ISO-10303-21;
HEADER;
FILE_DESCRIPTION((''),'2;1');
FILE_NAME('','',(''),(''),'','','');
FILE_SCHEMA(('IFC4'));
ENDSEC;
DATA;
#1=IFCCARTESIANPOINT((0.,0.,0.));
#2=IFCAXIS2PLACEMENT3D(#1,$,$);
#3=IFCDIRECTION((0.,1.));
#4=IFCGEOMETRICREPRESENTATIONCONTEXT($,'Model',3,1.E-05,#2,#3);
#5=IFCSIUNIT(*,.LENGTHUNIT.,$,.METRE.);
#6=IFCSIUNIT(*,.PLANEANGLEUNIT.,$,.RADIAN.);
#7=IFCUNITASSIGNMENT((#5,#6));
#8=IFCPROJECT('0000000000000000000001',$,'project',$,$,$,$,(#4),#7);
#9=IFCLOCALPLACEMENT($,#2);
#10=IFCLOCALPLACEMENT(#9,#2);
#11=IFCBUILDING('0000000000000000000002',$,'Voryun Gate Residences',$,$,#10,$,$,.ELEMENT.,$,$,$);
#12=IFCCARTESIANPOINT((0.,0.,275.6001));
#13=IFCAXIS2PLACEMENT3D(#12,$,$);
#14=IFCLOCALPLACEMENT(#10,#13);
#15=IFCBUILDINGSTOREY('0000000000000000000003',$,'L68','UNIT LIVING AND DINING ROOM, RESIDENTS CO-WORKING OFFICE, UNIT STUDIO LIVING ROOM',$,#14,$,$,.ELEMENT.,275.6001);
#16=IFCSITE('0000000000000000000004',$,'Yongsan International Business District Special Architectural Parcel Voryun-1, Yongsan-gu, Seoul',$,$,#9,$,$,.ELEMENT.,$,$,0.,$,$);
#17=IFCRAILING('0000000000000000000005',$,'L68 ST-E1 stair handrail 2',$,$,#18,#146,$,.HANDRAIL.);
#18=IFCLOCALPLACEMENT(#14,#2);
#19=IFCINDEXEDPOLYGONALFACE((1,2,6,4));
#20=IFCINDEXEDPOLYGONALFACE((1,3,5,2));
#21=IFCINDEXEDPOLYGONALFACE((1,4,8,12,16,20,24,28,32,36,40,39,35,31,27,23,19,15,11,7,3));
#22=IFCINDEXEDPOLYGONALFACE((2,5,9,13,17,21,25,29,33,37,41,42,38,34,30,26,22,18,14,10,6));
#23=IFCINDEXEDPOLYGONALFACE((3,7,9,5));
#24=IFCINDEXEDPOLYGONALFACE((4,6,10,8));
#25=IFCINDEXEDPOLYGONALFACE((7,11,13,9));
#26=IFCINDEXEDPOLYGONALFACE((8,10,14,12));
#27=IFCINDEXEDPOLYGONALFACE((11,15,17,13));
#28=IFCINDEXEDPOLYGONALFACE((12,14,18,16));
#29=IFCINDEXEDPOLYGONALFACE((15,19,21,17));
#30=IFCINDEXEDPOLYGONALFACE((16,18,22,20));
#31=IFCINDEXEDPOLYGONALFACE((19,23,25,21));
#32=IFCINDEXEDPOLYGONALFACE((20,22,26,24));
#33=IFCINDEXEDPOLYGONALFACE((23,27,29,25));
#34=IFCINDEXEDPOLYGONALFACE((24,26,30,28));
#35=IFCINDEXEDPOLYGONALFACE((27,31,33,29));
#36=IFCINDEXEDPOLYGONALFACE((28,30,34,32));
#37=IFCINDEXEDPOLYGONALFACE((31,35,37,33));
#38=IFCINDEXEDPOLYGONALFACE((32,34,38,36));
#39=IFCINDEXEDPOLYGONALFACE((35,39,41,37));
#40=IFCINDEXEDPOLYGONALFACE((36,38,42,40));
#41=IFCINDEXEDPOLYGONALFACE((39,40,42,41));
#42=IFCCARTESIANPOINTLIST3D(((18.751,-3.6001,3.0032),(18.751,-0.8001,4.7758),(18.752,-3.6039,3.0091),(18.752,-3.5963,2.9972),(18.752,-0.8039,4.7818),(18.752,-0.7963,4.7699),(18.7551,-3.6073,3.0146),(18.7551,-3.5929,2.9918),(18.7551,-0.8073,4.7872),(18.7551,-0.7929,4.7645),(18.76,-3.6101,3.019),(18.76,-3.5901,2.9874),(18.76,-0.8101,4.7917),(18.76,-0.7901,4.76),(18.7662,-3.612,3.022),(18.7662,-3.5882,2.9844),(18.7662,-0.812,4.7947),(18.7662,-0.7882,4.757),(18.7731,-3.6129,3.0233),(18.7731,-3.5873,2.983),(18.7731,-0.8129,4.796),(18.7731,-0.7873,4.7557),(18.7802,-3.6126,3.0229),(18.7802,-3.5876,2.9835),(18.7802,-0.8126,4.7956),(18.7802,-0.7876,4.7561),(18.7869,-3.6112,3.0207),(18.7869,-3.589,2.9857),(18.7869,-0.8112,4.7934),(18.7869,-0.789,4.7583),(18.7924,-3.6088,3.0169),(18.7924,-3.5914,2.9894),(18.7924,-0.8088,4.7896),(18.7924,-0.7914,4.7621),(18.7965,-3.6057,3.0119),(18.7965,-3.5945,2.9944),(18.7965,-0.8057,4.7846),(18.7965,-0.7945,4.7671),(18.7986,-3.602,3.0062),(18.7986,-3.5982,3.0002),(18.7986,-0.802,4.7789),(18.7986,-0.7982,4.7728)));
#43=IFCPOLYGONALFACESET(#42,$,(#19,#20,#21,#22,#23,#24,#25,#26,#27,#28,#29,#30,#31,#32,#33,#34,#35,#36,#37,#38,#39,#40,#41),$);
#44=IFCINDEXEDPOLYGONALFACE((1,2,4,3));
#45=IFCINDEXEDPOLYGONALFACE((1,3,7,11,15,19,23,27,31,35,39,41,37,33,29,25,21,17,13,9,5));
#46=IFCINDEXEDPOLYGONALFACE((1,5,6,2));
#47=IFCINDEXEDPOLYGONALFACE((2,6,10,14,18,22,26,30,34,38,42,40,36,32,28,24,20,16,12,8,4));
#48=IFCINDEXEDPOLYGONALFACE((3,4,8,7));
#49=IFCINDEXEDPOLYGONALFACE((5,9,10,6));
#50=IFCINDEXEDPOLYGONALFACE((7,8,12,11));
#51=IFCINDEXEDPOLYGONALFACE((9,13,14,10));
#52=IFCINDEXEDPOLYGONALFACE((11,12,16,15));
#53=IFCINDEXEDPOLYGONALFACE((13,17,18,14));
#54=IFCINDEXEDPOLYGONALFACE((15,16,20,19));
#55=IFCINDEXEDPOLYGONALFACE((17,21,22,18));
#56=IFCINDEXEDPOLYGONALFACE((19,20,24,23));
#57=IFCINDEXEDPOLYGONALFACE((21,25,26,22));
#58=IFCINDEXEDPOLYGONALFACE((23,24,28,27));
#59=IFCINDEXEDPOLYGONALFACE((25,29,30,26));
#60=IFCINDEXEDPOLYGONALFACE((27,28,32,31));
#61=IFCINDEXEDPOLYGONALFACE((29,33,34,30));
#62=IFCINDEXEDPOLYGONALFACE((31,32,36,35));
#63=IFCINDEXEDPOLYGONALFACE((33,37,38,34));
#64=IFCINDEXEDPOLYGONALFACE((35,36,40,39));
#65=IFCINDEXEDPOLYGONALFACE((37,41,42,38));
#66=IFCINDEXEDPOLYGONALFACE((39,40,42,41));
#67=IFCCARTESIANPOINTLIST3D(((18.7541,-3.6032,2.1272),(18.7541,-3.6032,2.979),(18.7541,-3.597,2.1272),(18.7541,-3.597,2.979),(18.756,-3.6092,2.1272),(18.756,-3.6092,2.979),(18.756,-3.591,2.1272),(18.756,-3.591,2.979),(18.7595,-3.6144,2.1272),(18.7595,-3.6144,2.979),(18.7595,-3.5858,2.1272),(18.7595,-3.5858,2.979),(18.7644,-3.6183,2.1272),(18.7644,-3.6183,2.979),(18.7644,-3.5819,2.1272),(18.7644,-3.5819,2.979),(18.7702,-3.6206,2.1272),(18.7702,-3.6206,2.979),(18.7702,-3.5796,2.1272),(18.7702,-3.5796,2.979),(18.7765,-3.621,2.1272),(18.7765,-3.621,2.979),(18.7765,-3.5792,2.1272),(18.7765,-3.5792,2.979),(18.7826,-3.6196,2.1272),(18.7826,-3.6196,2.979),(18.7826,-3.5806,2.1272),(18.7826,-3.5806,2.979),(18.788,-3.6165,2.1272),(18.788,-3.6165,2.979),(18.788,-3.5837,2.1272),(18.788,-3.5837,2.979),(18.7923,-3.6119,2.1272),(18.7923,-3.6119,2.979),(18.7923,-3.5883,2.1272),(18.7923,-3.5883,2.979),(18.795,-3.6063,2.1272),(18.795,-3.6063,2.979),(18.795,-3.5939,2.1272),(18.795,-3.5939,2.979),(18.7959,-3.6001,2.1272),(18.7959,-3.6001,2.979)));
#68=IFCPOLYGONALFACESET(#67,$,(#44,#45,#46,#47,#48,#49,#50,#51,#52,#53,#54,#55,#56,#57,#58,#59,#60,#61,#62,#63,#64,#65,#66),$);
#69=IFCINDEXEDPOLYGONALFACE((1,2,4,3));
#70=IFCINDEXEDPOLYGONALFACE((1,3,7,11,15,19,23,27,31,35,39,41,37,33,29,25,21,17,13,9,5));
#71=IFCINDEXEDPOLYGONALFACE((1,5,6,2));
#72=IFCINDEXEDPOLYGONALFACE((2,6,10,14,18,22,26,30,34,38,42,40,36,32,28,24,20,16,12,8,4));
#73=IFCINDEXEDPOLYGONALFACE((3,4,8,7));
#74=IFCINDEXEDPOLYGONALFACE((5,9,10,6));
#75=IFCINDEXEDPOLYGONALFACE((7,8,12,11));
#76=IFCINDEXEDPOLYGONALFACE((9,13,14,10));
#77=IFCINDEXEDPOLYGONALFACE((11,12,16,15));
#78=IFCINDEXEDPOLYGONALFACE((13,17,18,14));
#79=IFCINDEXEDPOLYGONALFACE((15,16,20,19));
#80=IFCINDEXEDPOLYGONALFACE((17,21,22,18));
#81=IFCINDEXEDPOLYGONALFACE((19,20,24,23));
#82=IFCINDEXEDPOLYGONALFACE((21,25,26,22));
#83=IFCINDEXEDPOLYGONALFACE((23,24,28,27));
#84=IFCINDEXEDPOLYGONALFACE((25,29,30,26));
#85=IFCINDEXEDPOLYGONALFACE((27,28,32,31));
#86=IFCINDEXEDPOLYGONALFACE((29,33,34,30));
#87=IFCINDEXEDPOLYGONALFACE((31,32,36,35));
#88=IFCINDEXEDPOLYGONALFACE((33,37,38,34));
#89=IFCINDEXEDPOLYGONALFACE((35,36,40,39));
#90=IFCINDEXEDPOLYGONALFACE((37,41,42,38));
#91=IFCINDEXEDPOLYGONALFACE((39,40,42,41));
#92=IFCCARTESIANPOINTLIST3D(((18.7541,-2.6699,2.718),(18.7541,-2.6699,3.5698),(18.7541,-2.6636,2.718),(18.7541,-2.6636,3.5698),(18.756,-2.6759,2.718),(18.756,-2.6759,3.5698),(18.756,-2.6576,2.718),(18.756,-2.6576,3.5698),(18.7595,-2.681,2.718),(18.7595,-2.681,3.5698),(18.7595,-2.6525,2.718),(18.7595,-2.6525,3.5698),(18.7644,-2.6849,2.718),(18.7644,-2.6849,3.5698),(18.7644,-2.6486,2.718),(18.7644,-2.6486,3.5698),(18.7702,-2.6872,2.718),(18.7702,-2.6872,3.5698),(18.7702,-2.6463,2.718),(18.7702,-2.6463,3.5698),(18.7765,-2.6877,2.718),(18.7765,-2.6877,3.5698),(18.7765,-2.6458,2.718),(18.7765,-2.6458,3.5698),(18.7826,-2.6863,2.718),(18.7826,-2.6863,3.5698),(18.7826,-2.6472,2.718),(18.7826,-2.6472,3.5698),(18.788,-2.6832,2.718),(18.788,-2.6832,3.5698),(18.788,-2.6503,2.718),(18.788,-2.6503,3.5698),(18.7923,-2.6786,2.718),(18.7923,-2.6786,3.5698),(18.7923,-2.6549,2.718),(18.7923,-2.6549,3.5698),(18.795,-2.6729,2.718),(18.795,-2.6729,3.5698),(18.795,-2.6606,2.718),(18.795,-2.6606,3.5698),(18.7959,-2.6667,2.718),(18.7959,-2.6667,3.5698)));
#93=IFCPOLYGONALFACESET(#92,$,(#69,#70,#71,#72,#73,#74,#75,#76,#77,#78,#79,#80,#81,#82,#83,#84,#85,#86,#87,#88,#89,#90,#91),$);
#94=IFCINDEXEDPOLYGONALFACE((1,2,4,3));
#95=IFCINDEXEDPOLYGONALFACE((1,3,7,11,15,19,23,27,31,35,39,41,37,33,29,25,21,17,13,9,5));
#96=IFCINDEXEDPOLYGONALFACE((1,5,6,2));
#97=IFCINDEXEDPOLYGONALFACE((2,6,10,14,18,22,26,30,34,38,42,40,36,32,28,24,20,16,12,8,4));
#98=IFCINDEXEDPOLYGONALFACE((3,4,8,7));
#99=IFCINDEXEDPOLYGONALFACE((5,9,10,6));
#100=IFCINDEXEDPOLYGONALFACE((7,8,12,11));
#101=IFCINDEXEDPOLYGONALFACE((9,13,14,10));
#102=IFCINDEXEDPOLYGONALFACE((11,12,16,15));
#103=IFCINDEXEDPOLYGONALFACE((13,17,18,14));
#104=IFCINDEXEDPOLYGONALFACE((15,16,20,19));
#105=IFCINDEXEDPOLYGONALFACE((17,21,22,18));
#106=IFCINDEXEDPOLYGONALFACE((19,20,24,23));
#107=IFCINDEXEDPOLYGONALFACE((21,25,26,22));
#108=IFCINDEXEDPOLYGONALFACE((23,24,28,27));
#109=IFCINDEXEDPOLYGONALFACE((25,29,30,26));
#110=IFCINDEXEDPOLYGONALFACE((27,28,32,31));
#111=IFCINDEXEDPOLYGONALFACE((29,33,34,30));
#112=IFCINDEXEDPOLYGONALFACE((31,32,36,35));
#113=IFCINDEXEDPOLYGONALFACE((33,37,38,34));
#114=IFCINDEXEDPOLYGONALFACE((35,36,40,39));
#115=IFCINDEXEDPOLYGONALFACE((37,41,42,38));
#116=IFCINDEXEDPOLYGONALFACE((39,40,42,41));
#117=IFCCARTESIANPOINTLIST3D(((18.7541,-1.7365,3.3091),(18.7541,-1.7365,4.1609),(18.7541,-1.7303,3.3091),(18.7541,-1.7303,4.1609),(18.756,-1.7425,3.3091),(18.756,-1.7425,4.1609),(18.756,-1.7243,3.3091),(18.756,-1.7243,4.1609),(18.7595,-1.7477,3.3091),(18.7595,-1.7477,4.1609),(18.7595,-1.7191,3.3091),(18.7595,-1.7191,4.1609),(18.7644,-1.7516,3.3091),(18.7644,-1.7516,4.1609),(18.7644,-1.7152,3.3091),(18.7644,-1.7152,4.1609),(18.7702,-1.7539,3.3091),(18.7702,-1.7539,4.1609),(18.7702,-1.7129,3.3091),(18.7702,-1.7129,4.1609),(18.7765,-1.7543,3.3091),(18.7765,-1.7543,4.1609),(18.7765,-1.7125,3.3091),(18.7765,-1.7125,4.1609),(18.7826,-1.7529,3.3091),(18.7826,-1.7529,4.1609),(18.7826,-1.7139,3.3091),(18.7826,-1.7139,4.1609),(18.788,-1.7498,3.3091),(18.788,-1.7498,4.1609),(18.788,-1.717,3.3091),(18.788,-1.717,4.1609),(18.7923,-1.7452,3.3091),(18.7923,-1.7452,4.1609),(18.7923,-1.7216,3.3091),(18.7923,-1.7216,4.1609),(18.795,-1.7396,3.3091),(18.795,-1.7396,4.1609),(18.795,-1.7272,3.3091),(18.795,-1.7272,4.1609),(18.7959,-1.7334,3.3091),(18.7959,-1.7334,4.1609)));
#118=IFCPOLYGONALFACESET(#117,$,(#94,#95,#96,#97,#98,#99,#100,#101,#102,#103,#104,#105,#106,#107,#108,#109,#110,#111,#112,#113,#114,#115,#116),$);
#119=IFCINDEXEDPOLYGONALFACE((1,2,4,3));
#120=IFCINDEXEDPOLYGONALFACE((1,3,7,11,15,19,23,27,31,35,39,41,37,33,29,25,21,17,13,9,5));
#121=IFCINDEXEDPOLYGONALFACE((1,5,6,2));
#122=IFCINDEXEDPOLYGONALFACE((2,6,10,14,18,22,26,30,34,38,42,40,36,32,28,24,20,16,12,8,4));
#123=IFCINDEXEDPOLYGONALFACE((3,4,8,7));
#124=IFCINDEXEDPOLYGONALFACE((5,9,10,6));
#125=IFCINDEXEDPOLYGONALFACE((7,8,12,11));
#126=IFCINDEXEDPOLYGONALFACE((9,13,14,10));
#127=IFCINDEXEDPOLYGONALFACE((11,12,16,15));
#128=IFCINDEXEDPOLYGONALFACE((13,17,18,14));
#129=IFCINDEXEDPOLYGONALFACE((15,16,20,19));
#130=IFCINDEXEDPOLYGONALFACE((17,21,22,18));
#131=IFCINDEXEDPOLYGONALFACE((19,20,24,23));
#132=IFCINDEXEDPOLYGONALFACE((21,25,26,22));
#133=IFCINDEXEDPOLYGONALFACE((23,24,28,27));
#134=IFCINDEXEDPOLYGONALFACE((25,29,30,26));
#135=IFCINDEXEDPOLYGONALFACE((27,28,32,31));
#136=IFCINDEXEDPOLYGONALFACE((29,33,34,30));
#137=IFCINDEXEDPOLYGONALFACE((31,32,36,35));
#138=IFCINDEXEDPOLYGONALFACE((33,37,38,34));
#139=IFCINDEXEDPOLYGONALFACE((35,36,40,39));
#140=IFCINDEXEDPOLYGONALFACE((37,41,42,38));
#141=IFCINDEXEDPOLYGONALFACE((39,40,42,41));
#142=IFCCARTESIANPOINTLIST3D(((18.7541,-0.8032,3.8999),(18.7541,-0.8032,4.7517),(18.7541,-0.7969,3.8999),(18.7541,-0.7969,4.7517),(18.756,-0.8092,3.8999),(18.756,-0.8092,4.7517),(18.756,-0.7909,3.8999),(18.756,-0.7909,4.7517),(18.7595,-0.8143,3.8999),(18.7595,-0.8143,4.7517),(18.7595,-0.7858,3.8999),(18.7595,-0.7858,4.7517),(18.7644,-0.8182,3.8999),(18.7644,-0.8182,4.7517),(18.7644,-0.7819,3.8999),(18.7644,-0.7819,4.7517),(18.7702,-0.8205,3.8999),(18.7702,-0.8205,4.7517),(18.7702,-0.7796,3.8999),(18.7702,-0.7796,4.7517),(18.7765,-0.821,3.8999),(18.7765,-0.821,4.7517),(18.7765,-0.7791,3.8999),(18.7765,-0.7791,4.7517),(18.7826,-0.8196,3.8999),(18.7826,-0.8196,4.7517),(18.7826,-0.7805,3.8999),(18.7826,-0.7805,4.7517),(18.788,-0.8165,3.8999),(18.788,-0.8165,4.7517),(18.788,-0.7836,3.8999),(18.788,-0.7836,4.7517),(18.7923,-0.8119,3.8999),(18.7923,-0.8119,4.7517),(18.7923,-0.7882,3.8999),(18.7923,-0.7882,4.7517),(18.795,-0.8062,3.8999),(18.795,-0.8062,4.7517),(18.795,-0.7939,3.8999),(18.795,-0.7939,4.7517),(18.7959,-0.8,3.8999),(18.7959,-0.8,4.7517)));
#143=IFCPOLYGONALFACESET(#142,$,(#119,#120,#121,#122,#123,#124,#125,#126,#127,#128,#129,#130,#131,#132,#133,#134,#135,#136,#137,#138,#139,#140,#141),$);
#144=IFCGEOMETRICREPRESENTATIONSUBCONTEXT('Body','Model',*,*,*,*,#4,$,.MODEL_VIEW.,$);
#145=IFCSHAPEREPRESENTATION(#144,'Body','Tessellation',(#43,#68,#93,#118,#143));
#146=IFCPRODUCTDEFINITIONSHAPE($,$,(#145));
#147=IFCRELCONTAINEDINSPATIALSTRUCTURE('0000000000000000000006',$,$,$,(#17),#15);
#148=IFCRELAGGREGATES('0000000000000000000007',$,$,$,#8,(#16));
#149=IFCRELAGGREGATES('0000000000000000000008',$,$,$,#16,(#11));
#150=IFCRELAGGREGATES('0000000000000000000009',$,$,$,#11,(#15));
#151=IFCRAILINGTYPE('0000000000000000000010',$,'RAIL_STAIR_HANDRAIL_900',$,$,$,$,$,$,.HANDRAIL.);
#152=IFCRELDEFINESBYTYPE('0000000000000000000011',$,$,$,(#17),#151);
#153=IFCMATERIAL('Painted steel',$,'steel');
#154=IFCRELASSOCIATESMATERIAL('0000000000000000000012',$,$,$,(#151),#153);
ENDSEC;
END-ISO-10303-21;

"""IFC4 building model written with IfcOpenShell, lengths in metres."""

from ifc_helpers import new_model, si_unit, direction, frame, origin, origin_2d, place, context, subcontext, project, spatial, circle, extrude, material, type_object, element, save


model = new_model("IFC4")

# Units and contexts
model_context = context("Model", 3, precision=1e-05, world=origin(), true_north=direction((0.0, 1.0)))
body_context = subcontext(model_context, "Body", "Model", "MODEL_VIEW")
ifc_project = project(units=[si_unit("LENGTHUNIT", "METRE"), si_unit("PLANEANGLEUNIT", "RADIAN")], contexts=[model_context])

# Site, building, storey
site_placement = place(None, origin())
site = spatial("IfcSite", under=ifc_project, at=site_placement, Name="Yongsan International Business District Special Architectural Parcel Voryun-1, Yongsan-gu, Seoul", CompositionType="ELEMENT", RefElevation=0.0)
building_placement = place(site_placement, origin())
building = spatial("IfcBuilding", under=site, at=building_placement, Name="Voryun Gate Residences", CompositionType="ELEMENT")
storey_placement = place(building_placement, frame((0.0, 0.0, 275.6001)))
storey = spatial("IfcBuildingStorey", under=building, at=storey_placement, Name="L68", Description="UNIT LIVING AND DINING ROOM, RESIDENTS CO-WORKING OFFICE, UNIT STUDIO LIVING ROOM", CompositionType="ELEMENT", Elevation=275.6001)

# Railing
ifc_material_1 = material(Name="Painted steel", Category="steel")
railing_type_1 = type_object("IfcRailingType", Name="RAIL_STAIR_HANDRAIL_900", PredefinedType="HANDRAIL", material=ifc_material_1)
railing_1_placement = place(storey_placement, frame((18.7749, -3.6001, 2.1272)))
element("IfcRailing", 1, at=railing_1_placement, inside=storey, type_object=railing_type_1, Name="L68 ST-E1 stair handrail 2", PredefinedType="HANDRAIL", context=body_context, shape_type="SweptSolid", body=[
    extrude(circle(Radius=0.0239, at=origin_2d()), frame((0.0, 0.0, 0.876), z_axis=(0.0, 0.844909, 0.53491), x_axis=(-1.0, 0.0, 0.0)), (0.0, 0.0, 1.0), 3.314),
    extrude(circle(Radius=0.021, at=origin_2d()), origin(), (0.0, 0.0, 1.0), 0.8518),
    extrude(circle(Radius=0.021, at=origin_2d()), frame((0.0, 0.9333, 0.5908)), (0.0, 0.0, 1.0), 0.8518),
    extrude(circle(Radius=0.021, at=origin_2d()), frame((0.0, 1.8667, 1.1819)), (0.0, 0.0, 1.0), 0.8518),
    extrude(circle(Radius=0.021, at=origin_2d()), frame((0.0, 2.8, 1.7727)), (0.0, 0.0, 1.0), 0.8518),
])

save(model, "model.ifc")
